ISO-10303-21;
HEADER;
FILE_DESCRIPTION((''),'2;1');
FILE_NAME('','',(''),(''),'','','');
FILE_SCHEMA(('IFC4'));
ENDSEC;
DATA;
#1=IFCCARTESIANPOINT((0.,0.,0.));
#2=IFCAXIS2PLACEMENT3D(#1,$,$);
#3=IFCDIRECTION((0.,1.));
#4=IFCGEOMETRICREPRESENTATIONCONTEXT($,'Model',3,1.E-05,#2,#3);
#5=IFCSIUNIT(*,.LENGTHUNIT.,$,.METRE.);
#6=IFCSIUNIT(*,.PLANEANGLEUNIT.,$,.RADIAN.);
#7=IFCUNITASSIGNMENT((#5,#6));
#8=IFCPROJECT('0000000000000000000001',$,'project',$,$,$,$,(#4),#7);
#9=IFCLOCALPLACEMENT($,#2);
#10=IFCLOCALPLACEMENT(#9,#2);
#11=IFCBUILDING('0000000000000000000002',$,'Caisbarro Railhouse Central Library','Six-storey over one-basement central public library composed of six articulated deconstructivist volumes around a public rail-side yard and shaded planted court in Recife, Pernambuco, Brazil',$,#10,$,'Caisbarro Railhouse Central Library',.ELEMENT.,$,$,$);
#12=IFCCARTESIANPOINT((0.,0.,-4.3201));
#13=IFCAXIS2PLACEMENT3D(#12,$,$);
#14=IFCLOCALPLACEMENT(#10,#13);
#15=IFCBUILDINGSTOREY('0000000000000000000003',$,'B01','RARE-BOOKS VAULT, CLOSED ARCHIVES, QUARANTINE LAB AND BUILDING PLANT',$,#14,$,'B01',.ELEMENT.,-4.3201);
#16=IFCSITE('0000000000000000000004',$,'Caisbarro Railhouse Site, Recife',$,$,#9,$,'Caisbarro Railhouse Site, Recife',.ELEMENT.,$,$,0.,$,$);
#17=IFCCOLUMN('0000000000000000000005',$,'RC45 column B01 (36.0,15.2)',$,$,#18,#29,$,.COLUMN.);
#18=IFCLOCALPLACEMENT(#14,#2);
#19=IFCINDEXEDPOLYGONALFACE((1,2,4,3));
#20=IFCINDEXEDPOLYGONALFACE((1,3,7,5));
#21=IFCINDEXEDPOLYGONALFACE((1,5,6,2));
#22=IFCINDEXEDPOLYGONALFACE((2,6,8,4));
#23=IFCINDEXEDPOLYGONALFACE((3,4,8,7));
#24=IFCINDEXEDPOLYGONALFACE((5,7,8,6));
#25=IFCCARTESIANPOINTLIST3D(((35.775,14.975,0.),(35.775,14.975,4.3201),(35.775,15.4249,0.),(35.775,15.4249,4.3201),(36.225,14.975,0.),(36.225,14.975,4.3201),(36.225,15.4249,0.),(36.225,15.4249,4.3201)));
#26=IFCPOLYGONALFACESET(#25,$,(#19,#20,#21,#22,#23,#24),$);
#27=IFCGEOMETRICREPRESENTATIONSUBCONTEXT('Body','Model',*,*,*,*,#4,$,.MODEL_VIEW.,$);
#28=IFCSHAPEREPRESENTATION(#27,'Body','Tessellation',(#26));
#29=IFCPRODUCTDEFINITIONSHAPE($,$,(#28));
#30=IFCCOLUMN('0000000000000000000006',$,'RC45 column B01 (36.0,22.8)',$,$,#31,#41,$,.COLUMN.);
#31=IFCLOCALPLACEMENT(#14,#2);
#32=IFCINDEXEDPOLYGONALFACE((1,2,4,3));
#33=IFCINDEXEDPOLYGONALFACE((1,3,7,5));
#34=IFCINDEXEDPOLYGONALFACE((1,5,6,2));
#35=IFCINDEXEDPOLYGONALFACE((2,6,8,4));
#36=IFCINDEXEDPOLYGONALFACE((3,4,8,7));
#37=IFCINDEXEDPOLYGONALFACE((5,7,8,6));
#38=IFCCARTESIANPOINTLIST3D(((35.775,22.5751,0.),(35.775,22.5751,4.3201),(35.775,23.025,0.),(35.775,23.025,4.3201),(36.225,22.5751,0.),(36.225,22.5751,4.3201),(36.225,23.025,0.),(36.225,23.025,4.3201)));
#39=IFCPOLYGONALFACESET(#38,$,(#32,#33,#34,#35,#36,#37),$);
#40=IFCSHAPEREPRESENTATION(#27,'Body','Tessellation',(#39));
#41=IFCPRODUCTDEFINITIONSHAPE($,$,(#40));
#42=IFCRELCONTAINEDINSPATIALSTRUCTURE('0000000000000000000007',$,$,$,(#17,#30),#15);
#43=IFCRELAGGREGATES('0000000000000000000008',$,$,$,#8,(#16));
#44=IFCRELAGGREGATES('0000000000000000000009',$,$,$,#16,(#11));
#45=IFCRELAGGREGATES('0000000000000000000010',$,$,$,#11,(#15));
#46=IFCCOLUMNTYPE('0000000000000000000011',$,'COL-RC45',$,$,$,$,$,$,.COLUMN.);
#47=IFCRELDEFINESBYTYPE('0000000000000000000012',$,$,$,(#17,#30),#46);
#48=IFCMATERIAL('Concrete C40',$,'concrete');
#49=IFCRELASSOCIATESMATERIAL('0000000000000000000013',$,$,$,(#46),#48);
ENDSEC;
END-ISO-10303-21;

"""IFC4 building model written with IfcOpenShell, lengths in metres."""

from ifc_helpers import new_model, si_unit, direction, frame, origin, origin_2d, place, context, subcontext, project, spatial, rectangle, extrude, material, material_profile, profile_set, type_object, element, save


model = new_model("IFC4")

# Units and contexts
model_context = context("Model", 3, precision=1e-05, world=origin(), true_north=direction((0.0, 1.0)))
body_context = subcontext(model_context, "Body", "Model", "MODEL_VIEW")
ifc_project = project(units=[si_unit("LENGTHUNIT", "METRE"), si_unit("PLANEANGLEUNIT", "RADIAN")], contexts=[model_context])

# Site, building, storey
site_placement = place(None, origin())
site = spatial("IfcSite", under=ifc_project, at=site_placement, Name="Caisbarro Railhouse Site, Recife", LongName="Caisbarro Railhouse Site, Recife", CompositionType="ELEMENT", RefElevation=0.0)
building_placement = place(site_placement, origin())
building = spatial("IfcBuilding", under=site, at=building_placement, Name="Caisbarro Railhouse Central Library", Description="Six-storey over one-basement central public library composed of six articulated deconstructivist volumes around a public rail-side yard and shaded planted court in Recife, Pernambuco, Brazil", LongName="Caisbarro Railhouse Central Library", CompositionType="ELEMENT")
storey_placement = place(building_placement, frame((0.0, 0.0, -4.3201)))
storey = spatial("IfcBuildingStorey", under=building, at=storey_placement, Name="B01", Description="RARE-BOOKS VAULT, CLOSED ARCHIVES, QUARANTINE LAB AND BUILDING PLANT", LongName="B01", CompositionType="ELEMENT", Elevation=-4.3201)

# Shared definitions
ifc_material_1 = material(Name="Concrete C40", Category="concrete")

# Columns
ifc_material_profile_1 = material_profile(ifc_material_1, rectangle(XDim=0.45, YDim=0.45, at=origin_2d()), Name="RC-COL-450X450")
ifc_profile_set_1 = profile_set([ifc_material_profile_1], Name="Concrete C40")
column_type = type_object("IfcColumnType", Name="COL-RC45", PredefinedType="COLUMN", material=ifc_profile_set_1)
for number, where, z_axis, x_axis, name in (
    (1, (36.0, 15.2, 0.0), (0.0, 0.0, 1.0), (1.0, 0.0, 0.0), "RC45 column B01 (36.0,15.2)"),
    (2, (36.0, 22.8, 0.0), (0.0, 0.0, 1.0), (1.0, 0.0, 0.0), "RC45 column B01 (36.0,22.8)"),
):
    element("IfcColumn", number, at=place(storey_placement, frame(where, z_axis=z_axis, x_axis=x_axis)), inside=storey, type_object=column_type, Name=name, PredefinedType="COLUMN", context=body_context, shape_type="SweptSolid", body=[
        extrude(rectangle(XDim=0.45, YDim=0.45, at=origin_2d()), origin(), (0.0, 0.0, 1.0), 4.3201),
    ])

save(model, "model.ifc")
